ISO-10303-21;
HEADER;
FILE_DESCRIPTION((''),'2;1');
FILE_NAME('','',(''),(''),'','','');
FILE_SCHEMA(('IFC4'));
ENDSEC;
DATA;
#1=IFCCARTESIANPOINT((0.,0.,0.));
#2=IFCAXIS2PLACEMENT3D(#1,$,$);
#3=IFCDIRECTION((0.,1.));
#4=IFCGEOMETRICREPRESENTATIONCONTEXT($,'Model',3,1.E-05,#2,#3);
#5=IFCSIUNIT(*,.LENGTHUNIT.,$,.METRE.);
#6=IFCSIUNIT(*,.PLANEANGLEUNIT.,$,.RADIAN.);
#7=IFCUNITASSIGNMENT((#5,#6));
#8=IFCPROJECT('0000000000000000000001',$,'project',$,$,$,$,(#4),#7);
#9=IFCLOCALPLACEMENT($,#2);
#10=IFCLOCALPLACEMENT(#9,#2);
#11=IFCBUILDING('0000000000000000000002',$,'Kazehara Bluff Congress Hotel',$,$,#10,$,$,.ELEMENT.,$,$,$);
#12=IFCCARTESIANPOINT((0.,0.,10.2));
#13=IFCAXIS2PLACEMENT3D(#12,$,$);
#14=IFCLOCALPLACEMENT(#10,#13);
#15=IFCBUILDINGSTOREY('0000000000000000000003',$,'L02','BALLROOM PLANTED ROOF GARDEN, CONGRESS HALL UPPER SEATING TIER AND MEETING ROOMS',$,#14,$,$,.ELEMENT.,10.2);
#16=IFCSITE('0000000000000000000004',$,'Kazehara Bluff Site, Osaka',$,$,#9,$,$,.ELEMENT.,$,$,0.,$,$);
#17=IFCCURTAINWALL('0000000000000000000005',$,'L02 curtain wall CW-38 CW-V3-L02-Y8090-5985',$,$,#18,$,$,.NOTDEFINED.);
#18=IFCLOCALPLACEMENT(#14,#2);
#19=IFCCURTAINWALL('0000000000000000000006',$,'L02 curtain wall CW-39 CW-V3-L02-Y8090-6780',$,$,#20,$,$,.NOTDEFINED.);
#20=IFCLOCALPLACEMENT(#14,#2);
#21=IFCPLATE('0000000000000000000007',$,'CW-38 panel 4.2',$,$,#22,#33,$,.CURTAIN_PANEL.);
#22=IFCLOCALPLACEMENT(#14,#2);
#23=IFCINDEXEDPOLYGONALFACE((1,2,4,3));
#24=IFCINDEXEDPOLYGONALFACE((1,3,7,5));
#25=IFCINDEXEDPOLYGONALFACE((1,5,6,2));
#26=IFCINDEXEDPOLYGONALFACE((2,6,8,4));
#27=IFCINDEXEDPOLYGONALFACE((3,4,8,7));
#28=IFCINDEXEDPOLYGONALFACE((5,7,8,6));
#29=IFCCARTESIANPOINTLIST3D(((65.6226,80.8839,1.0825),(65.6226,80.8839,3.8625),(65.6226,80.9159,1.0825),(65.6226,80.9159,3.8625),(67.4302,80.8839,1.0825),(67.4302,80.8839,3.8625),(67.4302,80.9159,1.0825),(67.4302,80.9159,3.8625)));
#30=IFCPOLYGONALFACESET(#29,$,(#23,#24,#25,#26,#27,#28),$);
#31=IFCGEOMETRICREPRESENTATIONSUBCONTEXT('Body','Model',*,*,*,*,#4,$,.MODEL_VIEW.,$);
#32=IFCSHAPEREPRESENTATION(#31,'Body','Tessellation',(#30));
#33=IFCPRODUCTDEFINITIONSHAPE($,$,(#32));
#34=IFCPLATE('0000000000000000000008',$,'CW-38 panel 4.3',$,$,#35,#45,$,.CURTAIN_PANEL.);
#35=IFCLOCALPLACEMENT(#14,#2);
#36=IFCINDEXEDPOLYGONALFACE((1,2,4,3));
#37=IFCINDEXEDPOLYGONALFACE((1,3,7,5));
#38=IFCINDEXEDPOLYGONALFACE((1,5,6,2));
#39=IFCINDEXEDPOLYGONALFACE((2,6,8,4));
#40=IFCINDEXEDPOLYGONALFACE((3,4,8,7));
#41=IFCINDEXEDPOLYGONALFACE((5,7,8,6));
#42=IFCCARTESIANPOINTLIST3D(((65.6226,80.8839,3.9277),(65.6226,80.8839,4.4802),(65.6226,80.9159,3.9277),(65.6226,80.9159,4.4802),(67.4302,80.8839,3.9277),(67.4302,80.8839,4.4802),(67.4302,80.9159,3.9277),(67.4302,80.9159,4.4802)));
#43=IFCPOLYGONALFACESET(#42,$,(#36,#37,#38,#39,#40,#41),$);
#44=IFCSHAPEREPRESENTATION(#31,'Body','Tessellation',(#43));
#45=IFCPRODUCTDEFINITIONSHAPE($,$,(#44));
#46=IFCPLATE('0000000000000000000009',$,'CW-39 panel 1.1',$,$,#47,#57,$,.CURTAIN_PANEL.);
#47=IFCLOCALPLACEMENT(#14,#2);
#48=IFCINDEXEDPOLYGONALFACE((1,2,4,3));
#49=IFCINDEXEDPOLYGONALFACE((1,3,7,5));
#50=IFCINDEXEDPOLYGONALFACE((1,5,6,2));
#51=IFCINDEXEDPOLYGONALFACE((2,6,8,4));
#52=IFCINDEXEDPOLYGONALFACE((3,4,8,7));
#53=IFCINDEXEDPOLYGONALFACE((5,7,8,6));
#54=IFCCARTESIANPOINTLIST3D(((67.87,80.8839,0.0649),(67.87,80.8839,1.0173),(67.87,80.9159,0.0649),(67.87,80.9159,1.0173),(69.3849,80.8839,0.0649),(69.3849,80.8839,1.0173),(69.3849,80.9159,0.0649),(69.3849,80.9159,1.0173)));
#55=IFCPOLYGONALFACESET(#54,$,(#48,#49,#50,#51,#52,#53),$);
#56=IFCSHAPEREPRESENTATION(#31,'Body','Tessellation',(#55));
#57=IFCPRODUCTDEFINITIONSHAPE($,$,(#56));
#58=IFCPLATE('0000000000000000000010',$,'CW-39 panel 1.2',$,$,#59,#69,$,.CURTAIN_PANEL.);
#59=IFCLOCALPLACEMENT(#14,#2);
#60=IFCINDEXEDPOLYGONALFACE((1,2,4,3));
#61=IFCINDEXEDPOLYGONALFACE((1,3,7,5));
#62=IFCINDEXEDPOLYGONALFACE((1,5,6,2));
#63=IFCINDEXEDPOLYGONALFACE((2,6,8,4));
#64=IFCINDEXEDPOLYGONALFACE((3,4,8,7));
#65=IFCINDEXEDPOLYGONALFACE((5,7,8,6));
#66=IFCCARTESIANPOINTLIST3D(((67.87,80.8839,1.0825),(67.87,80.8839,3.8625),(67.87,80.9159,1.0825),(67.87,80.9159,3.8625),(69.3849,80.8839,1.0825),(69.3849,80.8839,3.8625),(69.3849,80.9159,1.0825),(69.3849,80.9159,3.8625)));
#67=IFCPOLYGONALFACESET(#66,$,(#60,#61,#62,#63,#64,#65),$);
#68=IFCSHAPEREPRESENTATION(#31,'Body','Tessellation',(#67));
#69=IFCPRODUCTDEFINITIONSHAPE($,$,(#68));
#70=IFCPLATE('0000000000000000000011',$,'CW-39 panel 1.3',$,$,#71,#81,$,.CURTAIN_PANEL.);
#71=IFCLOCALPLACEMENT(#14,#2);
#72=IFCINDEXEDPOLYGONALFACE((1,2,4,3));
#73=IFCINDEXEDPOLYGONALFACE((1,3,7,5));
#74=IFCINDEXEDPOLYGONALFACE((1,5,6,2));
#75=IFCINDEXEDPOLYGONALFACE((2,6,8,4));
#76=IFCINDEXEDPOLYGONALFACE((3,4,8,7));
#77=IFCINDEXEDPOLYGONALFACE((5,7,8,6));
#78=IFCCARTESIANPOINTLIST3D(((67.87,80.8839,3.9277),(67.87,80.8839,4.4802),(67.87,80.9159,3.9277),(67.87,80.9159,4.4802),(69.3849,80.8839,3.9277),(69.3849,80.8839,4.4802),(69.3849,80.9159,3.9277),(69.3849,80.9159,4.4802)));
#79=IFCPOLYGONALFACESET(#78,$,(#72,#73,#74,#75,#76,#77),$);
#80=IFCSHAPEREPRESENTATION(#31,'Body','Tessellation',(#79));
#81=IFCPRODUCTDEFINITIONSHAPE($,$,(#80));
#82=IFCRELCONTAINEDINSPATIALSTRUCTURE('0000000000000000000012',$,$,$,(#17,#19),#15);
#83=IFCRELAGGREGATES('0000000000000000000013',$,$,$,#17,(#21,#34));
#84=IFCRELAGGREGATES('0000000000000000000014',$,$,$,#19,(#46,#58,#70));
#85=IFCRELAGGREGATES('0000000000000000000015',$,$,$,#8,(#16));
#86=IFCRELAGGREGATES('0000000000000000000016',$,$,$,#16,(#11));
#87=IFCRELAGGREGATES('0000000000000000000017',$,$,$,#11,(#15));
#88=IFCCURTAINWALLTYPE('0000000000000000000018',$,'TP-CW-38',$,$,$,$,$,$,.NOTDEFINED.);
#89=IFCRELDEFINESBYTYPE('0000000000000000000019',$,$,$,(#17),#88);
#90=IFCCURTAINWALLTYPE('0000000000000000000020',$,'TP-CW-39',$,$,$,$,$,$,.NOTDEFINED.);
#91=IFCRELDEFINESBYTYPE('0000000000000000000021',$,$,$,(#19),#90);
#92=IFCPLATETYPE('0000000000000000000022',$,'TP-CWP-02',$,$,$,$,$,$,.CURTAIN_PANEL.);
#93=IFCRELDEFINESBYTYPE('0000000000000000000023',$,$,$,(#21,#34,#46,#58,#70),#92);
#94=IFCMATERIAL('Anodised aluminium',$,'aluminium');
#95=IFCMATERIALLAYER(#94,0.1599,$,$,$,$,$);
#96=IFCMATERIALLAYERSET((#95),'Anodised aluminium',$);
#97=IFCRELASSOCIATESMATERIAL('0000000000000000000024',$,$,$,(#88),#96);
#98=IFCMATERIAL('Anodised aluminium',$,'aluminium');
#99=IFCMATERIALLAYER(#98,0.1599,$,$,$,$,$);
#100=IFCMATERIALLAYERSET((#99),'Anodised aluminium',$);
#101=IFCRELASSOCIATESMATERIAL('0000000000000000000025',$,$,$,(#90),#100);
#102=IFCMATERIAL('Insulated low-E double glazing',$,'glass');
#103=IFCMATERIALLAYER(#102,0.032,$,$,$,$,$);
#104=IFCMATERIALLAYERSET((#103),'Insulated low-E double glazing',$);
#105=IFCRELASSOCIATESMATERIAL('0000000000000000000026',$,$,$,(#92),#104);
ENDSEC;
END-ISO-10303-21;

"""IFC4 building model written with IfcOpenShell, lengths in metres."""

from ifc_helpers import new_model, si_unit, direction, frame, origin, origin_2d, place, context, subcontext, project, spatial, rectangle, extrude, material, layer, layer_set, type_object, element, aggregate, save


model = new_model("IFC4")

# Units and contexts
model_context = context("Model", 3, precision=1e-05, world=origin(), true_north=direction((0.0, 1.0)))
body_context = subcontext(model_context, "Body", "Model", "MODEL_VIEW")
ifc_project = project(units=[si_unit("LENGTHUNIT", "METRE"), si_unit("PLANEANGLEUNIT", "RADIAN")], contexts=[model_context])

# Site, building, storey
site_placement = place(None, origin())
site = spatial("IfcSite", under=ifc_project, at=site_placement, Name="Kazehara Bluff Site, Osaka", CompositionType="ELEMENT", RefElevation=0.0)
building_placement = place(site_placement, origin())
building = spatial("IfcBuilding", under=site, at=building_placement, Name="Kazehara Bluff Congress Hotel", CompositionType="ELEMENT")
storey_placement = place(building_placement, frame((0.0, 0.0, 10.2)))
storey = spatial("IfcBuildingStorey", under=building, at=storey_placement, Name="L02", Description="BALLROOM PLANTED ROOF GARDEN, CONGRESS HALL UPPER SEATING TIER AND MEETING ROOMS", CompositionType="ELEMENT", Elevation=10.2)

# Curtain walls
ifc_material_1 = material(Name="Anodised aluminium", Category="aluminium")
ifc_layer_1 = layer(ifc_material_1, 0.1599)
ifc_layer_set_1 = layer_set([ifc_layer_1], Name="Anodised aluminium")
curtain_wall_type_1 = type_object("IfcCurtainWallType", Name="TP-CW-38", PredefinedType="NOTDEFINED", material=ifc_layer_set_1)
curtain_wall_1_placement = place(storey_placement, origin())
curtain_wall_1 = element("IfcCurtainWall", 1, at=curtain_wall_1_placement, inside=storey, type_object=curtain_wall_type_1, Name="L02 curtain wall CW-38 CW-V3-L02-Y8090-5985", PredefinedType="NOTDEFINED")
ifc_material_2 = material(Name="Anodised aluminium", Category="aluminium")
ifc_layer_2 = layer(ifc_material_2, 0.1599)
ifc_layer_set_2 = layer_set([ifc_layer_2], Name="Anodised aluminium")
curtain_wall_type_2 = type_object("IfcCurtainWallType", Name="TP-CW-39", PredefinedType="NOTDEFINED", material=ifc_layer_set_2)
curtain_wall_2_placement = place(storey_placement, origin())
curtain_wall_2 = element("IfcCurtainWall", 2, at=curtain_wall_2_placement, inside=storey, type_object=curtain_wall_type_2, Name="L02 curtain wall CW-39 CW-V3-L02-Y8090-6780", PredefinedType="NOTDEFINED")

# Plates
ifc_material_3 = material(Name="Insulated low-E double glazing", Category="glass")
ifc_layer_3 = layer(ifc_material_3, 0.032)
ifc_layer_set_3 = layer_set([ifc_layer_3], Name="Insulated low-E double glazing")
plate_type = type_object("IfcPlateType", Name="TP-CWP-02", PredefinedType="CURTAIN_PANEL", material=ifc_layer_set_3)
plate_1_placement = place(storey_placement, frame((66.5264, 80.8999, 1.0825), z_axis=(0.0, 0.0, 1.0), x_axis=(1.0, 0.0, 0.0)))
plate_1 = element("IfcPlate", 3, at=plate_1_placement, type_object=plate_type, Name="CW-38 panel 4.2", PredefinedType="CURTAIN_PANEL", context=body_context, shape_type="SweptSolid", body=[
    extrude(rectangle(XDim=1.8076, YDim=0.032, at=origin_2d()), origin(), (0.0, 0.0, 1.0), 2.78),
])
plate_2_placement = place(storey_placement, frame((66.5264, 80.8999, 3.9277), z_axis=(0.0, 0.0, 1.0), x_axis=(1.0, 0.0, 0.0)))
plate_2 = element("IfcPlate", 4, at=plate_2_placement, type_object=plate_type, Name="CW-38 panel 4.3", PredefinedType="CURTAIN_PANEL", context=body_context, shape_type="SweptSolid", body=[
    extrude(rectangle(XDim=1.8076, YDim=0.032, at=origin_2d()), origin(), (0.0, 0.0, 1.0), 0.5525),
])
aggregate(curtain_wall_1, [plate_1, plate_2])
plate_3_placement = place(storey_placement, frame((68.6274, 80.8999, 0.0649), z_axis=(0.0, 0.0, 1.0), x_axis=(1.0, 0.0, 0.0)))
plate_3 = element("IfcPlate", 5, at=plate_3_placement, type_object=plate_type, Name="CW-39 panel 1.1", PredefinedType="CURTAIN_PANEL", context=body_context, shape_type="SweptSolid", body=[
    extrude(rectangle(XDim=1.5149, YDim=0.032, at=origin_2d()), origin(), (0.0, 0.0, 1.0), 0.9524),
])
plate_4_placement = place(storey_placement, frame((68.6274, 80.8999, 1.0825), z_axis=(0.0, 0.0, 1.0), x_axis=(1.0, 0.0, 0.0)))
plate_4 = element("IfcPlate", 6, at=plate_4_placement, type_object=plate_type, Name="CW-39 panel 1.2", PredefinedType="CURTAIN_PANEL", context=body_context, shape_type="SweptSolid", body=[
    extrude(rectangle(XDim=1.5149, YDim=0.032, at=origin_2d()), origin(), (0.0, 0.0, 1.0), 2.78),
])
plate_5_placement = place(storey_placement, frame((68.6274, 80.8999, 3.9277), z_axis=(0.0, 0.0, 1.0), x_axis=(1.0, 0.0, 0.0)))
plate_5 = element("IfcPlate", 7, at=plate_5_placement, type_object=plate_type, Name="CW-39 panel 1.3", PredefinedType="CURTAIN_PANEL", context=body_context, shape_type="SweptSolid", body=[
    extrude(rectangle(XDim=1.5149, YDim=0.032, at=origin_2d()), origin(), (0.0, 0.0, 1.0), 0.5525),
])
aggregate(curtain_wall_2, [plate_3, plate_4, plate_5])

save(model, "model.ifc")
